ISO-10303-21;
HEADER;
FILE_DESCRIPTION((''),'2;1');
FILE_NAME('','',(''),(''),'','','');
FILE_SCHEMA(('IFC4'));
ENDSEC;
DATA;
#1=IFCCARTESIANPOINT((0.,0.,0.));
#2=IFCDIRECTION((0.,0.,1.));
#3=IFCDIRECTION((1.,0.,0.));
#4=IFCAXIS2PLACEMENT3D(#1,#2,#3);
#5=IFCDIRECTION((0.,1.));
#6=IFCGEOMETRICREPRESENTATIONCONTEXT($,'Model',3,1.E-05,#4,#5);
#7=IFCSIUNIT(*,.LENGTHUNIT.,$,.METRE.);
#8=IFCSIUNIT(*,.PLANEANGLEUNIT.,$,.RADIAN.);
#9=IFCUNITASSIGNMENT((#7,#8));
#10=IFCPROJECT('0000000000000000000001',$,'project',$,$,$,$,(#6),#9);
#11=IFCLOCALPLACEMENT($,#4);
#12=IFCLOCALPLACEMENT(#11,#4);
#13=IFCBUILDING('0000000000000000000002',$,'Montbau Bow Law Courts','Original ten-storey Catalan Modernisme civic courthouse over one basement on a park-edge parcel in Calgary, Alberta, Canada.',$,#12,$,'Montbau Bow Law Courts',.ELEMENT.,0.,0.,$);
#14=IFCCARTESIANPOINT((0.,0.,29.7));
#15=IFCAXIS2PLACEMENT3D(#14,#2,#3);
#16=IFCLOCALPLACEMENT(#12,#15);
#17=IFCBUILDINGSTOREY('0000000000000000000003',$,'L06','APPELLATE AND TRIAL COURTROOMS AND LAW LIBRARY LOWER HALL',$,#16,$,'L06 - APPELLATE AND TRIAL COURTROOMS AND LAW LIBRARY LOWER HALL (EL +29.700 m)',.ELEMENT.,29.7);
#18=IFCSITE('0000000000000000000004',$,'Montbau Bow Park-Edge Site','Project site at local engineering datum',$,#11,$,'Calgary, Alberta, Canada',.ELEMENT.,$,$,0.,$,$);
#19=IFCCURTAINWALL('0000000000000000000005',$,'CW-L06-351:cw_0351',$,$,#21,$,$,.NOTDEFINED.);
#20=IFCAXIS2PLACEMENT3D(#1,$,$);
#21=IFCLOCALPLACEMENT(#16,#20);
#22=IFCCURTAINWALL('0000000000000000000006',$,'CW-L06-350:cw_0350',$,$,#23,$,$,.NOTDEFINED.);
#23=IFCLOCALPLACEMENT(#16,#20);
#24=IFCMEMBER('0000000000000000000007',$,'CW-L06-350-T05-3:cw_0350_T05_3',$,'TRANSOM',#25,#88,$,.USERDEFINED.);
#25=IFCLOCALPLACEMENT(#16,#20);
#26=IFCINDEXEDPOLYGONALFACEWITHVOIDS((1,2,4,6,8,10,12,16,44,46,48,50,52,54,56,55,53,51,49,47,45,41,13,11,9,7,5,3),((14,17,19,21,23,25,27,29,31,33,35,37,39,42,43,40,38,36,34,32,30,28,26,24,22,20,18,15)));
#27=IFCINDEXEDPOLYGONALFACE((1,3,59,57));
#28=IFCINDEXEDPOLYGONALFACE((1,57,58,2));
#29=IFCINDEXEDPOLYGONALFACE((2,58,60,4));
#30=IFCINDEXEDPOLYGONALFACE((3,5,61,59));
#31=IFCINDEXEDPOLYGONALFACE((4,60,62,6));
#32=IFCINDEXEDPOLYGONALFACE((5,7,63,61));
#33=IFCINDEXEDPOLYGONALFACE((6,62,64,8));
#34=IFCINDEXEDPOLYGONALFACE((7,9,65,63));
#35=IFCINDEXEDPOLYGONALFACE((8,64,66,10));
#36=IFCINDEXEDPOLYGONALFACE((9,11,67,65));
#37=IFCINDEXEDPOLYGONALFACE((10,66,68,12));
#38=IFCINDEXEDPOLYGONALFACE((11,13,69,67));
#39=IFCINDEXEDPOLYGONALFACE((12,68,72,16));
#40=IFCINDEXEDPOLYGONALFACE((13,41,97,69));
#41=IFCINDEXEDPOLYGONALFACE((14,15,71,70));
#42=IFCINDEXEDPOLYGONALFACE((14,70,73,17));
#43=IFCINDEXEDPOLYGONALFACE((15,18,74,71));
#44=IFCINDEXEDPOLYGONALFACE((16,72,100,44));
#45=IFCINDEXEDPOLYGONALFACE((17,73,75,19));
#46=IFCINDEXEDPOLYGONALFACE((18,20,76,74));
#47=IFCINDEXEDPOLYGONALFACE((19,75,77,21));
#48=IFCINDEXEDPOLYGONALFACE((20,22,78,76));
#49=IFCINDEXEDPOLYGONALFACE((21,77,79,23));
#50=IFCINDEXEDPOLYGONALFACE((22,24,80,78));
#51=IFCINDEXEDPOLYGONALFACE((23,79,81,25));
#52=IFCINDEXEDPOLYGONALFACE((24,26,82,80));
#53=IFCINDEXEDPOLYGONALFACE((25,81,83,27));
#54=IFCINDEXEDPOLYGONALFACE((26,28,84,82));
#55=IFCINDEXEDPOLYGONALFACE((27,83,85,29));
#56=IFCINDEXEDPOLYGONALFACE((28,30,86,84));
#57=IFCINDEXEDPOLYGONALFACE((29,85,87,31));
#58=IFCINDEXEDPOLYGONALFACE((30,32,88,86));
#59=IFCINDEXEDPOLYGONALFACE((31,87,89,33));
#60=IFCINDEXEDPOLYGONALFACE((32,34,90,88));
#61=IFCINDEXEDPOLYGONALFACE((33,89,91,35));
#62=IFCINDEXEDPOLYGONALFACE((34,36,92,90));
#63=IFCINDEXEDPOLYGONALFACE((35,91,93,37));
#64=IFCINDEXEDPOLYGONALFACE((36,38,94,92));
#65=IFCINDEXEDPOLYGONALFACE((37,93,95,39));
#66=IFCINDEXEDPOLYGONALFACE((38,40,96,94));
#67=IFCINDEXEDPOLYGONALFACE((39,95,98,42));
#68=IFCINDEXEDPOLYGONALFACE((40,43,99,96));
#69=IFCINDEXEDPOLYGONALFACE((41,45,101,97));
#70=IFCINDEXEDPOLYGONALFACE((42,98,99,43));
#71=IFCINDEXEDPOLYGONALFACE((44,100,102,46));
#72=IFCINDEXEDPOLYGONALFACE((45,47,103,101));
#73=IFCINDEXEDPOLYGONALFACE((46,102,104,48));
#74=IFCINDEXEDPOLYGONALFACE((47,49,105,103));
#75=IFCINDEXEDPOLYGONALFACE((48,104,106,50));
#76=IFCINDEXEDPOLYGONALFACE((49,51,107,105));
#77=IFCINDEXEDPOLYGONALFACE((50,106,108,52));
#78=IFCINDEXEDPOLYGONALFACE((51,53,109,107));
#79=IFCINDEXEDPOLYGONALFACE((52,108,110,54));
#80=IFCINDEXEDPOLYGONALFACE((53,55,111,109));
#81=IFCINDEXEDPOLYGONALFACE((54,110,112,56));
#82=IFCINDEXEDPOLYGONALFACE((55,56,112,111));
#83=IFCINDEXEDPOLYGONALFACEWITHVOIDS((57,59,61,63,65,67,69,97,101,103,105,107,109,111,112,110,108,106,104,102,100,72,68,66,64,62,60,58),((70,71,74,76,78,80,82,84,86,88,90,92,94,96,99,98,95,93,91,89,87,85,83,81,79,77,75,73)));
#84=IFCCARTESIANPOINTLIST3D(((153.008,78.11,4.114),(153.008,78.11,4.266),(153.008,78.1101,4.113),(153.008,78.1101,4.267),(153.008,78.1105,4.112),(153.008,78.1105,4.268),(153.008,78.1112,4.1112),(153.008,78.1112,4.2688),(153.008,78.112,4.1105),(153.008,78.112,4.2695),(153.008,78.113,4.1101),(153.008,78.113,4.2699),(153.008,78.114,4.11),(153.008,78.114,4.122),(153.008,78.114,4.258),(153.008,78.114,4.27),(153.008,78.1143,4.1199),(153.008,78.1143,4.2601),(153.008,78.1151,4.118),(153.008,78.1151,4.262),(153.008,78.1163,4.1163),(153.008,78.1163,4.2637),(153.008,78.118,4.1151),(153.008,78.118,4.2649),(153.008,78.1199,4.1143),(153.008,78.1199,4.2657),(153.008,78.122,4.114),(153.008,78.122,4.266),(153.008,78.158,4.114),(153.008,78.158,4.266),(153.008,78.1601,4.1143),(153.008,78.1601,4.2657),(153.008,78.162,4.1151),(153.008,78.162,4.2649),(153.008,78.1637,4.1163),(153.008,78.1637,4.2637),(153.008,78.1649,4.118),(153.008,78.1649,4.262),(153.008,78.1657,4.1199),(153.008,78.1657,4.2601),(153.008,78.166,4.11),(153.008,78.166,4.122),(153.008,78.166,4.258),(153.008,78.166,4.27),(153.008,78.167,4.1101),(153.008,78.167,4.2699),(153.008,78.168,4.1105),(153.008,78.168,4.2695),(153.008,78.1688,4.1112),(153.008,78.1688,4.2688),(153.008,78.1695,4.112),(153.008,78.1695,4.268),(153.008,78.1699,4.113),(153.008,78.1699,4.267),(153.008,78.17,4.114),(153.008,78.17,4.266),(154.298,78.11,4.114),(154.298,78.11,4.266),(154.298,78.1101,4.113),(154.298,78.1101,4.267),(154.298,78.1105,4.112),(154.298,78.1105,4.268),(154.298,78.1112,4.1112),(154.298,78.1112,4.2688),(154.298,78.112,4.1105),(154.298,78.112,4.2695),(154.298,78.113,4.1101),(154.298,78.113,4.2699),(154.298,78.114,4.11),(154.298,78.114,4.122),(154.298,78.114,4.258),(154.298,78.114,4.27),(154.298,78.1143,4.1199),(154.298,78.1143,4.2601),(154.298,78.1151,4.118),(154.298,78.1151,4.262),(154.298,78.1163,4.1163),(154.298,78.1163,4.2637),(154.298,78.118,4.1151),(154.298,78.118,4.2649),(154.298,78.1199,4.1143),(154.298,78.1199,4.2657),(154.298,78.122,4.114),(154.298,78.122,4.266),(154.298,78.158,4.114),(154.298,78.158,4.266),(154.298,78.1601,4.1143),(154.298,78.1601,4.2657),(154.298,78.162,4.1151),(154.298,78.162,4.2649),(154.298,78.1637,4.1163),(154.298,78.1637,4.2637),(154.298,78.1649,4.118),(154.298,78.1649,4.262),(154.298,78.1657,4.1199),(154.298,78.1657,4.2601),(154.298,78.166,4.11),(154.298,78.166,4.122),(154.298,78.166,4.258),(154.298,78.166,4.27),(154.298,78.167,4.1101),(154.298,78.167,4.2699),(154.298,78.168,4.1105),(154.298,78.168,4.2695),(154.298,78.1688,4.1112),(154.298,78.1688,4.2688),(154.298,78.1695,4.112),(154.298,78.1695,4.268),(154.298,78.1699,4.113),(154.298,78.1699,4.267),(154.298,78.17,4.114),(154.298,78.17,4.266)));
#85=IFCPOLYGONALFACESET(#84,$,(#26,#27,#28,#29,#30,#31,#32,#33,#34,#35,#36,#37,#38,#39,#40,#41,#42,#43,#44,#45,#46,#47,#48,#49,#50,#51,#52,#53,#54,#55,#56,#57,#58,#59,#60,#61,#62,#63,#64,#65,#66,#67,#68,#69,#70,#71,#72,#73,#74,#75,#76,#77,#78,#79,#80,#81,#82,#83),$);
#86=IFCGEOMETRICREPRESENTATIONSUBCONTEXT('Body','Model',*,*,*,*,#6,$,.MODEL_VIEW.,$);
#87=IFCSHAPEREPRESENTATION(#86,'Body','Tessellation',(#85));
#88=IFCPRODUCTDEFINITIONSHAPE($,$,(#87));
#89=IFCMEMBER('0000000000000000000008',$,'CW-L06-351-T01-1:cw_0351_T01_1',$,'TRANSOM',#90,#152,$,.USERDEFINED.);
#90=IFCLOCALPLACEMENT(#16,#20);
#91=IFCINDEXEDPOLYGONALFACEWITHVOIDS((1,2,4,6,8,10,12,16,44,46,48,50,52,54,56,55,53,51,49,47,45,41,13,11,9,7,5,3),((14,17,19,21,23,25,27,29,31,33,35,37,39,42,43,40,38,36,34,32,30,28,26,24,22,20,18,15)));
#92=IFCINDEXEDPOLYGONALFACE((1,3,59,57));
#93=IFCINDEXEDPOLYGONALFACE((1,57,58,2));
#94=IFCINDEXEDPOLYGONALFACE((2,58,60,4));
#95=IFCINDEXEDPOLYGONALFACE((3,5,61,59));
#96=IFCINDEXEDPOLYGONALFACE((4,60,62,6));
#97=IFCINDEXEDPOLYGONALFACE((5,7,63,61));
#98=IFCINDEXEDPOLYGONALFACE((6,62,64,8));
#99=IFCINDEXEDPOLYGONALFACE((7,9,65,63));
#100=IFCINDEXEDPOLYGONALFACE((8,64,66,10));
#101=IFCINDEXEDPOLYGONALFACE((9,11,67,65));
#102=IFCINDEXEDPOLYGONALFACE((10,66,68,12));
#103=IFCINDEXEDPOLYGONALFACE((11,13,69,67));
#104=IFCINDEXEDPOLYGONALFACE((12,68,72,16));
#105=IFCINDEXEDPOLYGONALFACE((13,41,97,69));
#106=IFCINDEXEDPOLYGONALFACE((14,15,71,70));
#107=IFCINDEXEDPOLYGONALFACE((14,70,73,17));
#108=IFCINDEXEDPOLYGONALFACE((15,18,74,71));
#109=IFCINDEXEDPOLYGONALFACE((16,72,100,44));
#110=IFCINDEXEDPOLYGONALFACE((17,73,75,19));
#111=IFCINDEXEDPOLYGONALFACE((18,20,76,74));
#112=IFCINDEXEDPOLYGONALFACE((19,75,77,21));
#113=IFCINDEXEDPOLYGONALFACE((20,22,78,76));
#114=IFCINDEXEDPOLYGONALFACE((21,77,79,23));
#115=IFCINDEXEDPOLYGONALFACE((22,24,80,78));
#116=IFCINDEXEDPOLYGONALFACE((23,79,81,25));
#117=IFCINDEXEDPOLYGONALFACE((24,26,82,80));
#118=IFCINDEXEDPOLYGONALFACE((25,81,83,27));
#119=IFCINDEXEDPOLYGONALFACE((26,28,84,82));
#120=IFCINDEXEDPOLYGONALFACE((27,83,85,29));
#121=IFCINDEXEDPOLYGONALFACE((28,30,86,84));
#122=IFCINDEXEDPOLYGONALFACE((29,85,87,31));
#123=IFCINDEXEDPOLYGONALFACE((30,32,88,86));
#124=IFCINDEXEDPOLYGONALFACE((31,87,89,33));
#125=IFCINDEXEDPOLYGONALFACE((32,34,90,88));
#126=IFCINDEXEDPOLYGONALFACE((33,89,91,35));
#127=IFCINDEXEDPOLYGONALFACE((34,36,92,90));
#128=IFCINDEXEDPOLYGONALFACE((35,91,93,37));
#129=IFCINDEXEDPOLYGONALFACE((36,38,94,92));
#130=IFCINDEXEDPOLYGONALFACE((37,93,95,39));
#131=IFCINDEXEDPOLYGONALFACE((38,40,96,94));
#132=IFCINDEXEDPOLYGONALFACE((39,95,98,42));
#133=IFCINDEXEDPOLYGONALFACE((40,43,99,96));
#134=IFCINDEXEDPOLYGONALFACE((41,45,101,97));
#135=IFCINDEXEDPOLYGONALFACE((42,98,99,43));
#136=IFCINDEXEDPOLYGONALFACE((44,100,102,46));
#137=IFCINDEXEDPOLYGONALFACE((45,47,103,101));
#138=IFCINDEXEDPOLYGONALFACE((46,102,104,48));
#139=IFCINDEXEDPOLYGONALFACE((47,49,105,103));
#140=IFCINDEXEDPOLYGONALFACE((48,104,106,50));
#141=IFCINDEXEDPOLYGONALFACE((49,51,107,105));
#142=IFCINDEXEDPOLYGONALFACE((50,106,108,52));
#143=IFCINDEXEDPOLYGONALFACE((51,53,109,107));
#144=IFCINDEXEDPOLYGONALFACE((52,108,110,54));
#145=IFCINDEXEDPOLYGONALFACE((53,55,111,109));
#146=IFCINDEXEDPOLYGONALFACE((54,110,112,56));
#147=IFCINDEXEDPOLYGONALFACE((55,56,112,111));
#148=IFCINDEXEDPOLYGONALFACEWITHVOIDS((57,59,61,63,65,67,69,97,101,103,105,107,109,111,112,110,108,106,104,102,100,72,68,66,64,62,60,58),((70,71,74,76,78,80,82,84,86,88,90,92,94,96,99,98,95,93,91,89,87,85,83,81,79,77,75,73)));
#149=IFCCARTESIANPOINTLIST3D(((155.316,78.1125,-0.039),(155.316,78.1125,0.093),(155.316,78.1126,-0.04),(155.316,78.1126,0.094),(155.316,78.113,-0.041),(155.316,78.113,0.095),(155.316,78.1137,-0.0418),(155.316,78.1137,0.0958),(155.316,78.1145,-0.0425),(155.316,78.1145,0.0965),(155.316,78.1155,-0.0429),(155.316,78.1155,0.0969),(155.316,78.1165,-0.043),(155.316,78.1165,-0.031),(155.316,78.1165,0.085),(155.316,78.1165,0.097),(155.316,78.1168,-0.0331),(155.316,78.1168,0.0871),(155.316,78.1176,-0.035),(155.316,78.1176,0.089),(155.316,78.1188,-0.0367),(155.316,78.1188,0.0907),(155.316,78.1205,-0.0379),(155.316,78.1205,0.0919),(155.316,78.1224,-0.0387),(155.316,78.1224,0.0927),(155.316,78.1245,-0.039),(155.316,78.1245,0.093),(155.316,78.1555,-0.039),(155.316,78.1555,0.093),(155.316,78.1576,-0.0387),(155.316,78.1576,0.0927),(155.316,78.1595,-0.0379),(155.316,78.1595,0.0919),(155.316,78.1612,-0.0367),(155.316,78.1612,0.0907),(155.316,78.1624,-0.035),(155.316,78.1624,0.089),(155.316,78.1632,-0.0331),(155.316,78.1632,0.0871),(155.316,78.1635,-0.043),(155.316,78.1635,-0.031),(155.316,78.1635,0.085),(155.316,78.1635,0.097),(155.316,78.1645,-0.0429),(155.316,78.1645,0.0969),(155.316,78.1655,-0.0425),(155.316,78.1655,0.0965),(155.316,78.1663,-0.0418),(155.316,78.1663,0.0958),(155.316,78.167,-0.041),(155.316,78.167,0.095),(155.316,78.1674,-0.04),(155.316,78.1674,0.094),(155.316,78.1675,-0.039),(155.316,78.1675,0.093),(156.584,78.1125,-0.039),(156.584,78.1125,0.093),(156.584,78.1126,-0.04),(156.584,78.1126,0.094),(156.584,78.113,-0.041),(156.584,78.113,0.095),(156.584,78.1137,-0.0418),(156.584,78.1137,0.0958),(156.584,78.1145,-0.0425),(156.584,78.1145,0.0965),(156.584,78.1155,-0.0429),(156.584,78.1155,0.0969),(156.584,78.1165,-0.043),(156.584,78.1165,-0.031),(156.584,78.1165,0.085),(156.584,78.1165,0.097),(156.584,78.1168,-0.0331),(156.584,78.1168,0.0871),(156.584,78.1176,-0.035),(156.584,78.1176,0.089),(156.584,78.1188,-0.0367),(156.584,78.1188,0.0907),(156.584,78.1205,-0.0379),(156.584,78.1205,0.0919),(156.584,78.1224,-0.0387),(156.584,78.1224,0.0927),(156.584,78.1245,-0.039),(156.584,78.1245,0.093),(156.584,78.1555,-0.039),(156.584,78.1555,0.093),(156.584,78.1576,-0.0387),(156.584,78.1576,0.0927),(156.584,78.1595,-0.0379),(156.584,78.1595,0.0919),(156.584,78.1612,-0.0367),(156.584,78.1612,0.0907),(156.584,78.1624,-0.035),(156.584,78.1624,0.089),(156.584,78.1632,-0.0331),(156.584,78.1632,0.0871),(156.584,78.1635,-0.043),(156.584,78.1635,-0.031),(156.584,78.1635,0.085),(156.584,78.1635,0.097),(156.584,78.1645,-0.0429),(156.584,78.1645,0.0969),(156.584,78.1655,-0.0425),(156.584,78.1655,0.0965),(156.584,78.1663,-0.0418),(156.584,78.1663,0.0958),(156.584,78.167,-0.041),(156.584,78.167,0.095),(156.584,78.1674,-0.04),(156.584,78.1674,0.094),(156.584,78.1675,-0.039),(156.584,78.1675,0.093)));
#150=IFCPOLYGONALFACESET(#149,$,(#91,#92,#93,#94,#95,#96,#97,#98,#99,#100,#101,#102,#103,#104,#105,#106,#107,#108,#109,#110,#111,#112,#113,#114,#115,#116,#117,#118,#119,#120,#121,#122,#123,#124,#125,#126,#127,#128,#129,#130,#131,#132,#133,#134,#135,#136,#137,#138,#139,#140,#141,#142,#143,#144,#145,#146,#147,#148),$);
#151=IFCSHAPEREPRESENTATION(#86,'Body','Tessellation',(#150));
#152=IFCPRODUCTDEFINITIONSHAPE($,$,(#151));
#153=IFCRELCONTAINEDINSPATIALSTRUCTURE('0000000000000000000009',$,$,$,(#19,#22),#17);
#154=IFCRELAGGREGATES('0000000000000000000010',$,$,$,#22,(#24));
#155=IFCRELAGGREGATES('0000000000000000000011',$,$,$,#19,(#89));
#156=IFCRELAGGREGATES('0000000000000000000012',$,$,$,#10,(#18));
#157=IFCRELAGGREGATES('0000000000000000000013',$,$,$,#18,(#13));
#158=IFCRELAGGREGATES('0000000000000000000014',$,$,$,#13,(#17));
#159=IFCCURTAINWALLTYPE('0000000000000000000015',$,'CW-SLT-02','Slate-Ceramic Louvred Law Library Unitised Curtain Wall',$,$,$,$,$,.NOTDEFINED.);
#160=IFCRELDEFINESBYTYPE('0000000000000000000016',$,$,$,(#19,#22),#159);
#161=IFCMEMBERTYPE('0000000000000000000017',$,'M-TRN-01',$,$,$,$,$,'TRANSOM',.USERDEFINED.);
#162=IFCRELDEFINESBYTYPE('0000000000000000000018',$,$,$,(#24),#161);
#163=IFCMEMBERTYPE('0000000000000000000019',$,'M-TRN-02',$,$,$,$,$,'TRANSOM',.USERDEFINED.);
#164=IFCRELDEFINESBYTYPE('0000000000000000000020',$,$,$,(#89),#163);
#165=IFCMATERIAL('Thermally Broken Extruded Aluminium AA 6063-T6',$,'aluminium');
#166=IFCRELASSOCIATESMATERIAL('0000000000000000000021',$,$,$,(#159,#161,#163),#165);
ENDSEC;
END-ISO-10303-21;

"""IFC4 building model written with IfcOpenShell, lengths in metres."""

from ifc_helpers import new_model, si_unit, direction, frame, origin_with_axes, origin_2d_with_axis, place, context, subcontext, project, spatial, hollow_rectangle, extrude, material, material_profile, profile_set, type_object, element, aggregate, save


model = new_model("IFC4")

# Units and contexts
model_context = context("Model", 3, precision=1e-05, world=origin_with_axes(), true_north=direction((0.0, 1.0)))
body_context = subcontext(model_context, "Body", "Model", "MODEL_VIEW")
ifc_project = project(units=[si_unit("LENGTHUNIT", "METRE"), si_unit("PLANEANGLEUNIT", "RADIAN")], contexts=[model_context])

# Site, building, storey
site_placement = place(None, origin_with_axes())
site = spatial("IfcSite", under=ifc_project, at=site_placement, Name="Montbau Bow Park-Edge Site", Description="Project site at local engineering datum", LongName="Calgary, Alberta, Canada", CompositionType="ELEMENT", RefElevation=0.0)
building_placement = place(site_placement, origin_with_axes())
building = spatial("IfcBuilding", under=site, at=building_placement, Name="Montbau Bow Law Courts", Description="Original ten-storey Catalan Modernisme civic courthouse over one basement on a park-edge parcel in Calgary, Alberta, Canada.", LongName="Montbau Bow Law Courts", CompositionType="ELEMENT", ElevationOfRefHeight=0.0, ElevationOfTerrain=0.0)
storey_placement = place(building_placement, frame((0.0, 0.0, 29.7), z_axis=(0.0, 0.0, 1.0), x_axis=(1.0, 0.0, 0.0)))
storey = spatial("IfcBuildingStorey", under=building, at=storey_placement, Name="L06", Description="APPELLATE AND TRIAL COURTROOMS AND LAW LIBRARY LOWER HALL", LongName="L06 - APPELLATE AND TRIAL COURTROOMS AND LAW LIBRARY LOWER HALL (EL +29.700 m)", CompositionType="ELEMENT", Elevation=29.7)

# Curtain walls, member
ifc_material_1 = material(Name="Thermally Broken Extruded Aluminium AA 6063-T6", Category="aluminium")
curtain_wall_type = type_object("IfcCurtainWallType", Name="CW-SLT-02", Description="Slate-Ceramic Louvred Law Library Unitised Curtain Wall", PredefinedType="NOTDEFINED", material=ifc_material_1)
curtain_wall_1_placement = place(None, frame((155.24, 78.14, 29.7), z_axis=(0.0, 0.0, 1.0), x_axis=(1.0, 0.0, 0.0)))
curtain_wall_1 = element("IfcCurtainWall", 1, at=curtain_wall_1_placement, inside=storey, type_object=curtain_wall_type, Name="CW-L06-351:cw_0351", PredefinedType="NOTDEFINED")
curtain_wall_2_placement = place(None, frame((147.44, 78.14, 29.7), z_axis=(0.0, 0.0, 1.0), x_axis=(1.0, 0.0, 0.0)))
curtain_wall_2 = element("IfcCurtainWall", 2, at=curtain_wall_2_placement, inside=storey, type_object=curtain_wall_type, Name="CW-L06-350:cw_0350", PredefinedType="NOTDEFINED")
ifc_material_profile_1 = material_profile(ifc_material_1, hollow_rectangle(XDim=0.06, YDim=0.16, WallThickness=0.004, InnerFilletRadius=0.008, OuterFilletRadius=0.004, at=origin_2d_with_axis()), Name="CWT-160X60", Category="Main", Priority=0)
ifc_profile_set_1 = profile_set([ifc_material_profile_1], Name="Thermally Broken Extruded Aluminium AA 6063-T6")
member_type_1 = type_object("IfcMemberType", Name="M-TRN-01", ElementType="TRANSOM", PredefinedType="USERDEFINED", material=ifc_profile_set_1)
member_1_placement = place(None, frame((153.008, 78.14, 33.89), z_axis=(1.0, 0.0, 0.0), x_axis=(0.0, 1.0, 0.0)))
member_1 = element("IfcMember", 3, at=member_1_placement, type_object=member_type_1, Name="CW-L06-350-T05-3:cw_0350_T05_3", ObjectType="TRANSOM", PredefinedType="USERDEFINED", context=body_context, shape_type="SweptSolid", body=[
    extrude(hollow_rectangle(XDim=0.06, YDim=0.16, WallThickness=0.004, InnerFilletRadius=0.008, OuterFilletRadius=0.004, at=origin_2d_with_axis()), origin_with_axes(), (0.0, 0.0, 1.0), 1.29),
])

# Member
ifc_material_profile_2 = material_profile(ifc_material_1, hollow_rectangle(XDim=0.055, YDim=0.14, WallThickness=0.004, InnerFilletRadius=0.008, OuterFilletRadius=0.004, at=origin_2d_with_axis()), Name="CWT-140X55", Category="Main", Priority=0)
ifc_profile_set_2 = profile_set([ifc_material_profile_2], Name="Thermally Broken Extruded Aluminium AA 6063-T6")
member_type_2 = type_object("IfcMemberType", Name="M-TRN-02", ElementType="TRANSOM", PredefinedType="USERDEFINED", material=ifc_profile_set_2)
member_2_placement = place(None, frame((155.316, 78.14, 29.727), z_axis=(1.0, 0.0, 0.0), x_axis=(0.0, 1.0, 0.0)))
member_2 = element("IfcMember", 4, at=member_2_placement, type_object=member_type_2, Name="CW-L06-351-T01-1:cw_0351_T01_1", ObjectType="TRANSOM", PredefinedType="USERDEFINED", context=body_context, shape_type="SweptSolid", body=[
    extrude(hollow_rectangle(XDim=0.055, YDim=0.14, WallThickness=0.004, InnerFilletRadius=0.008, OuterFilletRadius=0.004, at=origin_2d_with_axis()), origin_with_axes(), (0.0, 0.0, 1.0), 1.268),
])

aggregate(curtain_wall_2, [member_1])
aggregate(curtain_wall_1, [member_2])

save(model, "model.ifc")
